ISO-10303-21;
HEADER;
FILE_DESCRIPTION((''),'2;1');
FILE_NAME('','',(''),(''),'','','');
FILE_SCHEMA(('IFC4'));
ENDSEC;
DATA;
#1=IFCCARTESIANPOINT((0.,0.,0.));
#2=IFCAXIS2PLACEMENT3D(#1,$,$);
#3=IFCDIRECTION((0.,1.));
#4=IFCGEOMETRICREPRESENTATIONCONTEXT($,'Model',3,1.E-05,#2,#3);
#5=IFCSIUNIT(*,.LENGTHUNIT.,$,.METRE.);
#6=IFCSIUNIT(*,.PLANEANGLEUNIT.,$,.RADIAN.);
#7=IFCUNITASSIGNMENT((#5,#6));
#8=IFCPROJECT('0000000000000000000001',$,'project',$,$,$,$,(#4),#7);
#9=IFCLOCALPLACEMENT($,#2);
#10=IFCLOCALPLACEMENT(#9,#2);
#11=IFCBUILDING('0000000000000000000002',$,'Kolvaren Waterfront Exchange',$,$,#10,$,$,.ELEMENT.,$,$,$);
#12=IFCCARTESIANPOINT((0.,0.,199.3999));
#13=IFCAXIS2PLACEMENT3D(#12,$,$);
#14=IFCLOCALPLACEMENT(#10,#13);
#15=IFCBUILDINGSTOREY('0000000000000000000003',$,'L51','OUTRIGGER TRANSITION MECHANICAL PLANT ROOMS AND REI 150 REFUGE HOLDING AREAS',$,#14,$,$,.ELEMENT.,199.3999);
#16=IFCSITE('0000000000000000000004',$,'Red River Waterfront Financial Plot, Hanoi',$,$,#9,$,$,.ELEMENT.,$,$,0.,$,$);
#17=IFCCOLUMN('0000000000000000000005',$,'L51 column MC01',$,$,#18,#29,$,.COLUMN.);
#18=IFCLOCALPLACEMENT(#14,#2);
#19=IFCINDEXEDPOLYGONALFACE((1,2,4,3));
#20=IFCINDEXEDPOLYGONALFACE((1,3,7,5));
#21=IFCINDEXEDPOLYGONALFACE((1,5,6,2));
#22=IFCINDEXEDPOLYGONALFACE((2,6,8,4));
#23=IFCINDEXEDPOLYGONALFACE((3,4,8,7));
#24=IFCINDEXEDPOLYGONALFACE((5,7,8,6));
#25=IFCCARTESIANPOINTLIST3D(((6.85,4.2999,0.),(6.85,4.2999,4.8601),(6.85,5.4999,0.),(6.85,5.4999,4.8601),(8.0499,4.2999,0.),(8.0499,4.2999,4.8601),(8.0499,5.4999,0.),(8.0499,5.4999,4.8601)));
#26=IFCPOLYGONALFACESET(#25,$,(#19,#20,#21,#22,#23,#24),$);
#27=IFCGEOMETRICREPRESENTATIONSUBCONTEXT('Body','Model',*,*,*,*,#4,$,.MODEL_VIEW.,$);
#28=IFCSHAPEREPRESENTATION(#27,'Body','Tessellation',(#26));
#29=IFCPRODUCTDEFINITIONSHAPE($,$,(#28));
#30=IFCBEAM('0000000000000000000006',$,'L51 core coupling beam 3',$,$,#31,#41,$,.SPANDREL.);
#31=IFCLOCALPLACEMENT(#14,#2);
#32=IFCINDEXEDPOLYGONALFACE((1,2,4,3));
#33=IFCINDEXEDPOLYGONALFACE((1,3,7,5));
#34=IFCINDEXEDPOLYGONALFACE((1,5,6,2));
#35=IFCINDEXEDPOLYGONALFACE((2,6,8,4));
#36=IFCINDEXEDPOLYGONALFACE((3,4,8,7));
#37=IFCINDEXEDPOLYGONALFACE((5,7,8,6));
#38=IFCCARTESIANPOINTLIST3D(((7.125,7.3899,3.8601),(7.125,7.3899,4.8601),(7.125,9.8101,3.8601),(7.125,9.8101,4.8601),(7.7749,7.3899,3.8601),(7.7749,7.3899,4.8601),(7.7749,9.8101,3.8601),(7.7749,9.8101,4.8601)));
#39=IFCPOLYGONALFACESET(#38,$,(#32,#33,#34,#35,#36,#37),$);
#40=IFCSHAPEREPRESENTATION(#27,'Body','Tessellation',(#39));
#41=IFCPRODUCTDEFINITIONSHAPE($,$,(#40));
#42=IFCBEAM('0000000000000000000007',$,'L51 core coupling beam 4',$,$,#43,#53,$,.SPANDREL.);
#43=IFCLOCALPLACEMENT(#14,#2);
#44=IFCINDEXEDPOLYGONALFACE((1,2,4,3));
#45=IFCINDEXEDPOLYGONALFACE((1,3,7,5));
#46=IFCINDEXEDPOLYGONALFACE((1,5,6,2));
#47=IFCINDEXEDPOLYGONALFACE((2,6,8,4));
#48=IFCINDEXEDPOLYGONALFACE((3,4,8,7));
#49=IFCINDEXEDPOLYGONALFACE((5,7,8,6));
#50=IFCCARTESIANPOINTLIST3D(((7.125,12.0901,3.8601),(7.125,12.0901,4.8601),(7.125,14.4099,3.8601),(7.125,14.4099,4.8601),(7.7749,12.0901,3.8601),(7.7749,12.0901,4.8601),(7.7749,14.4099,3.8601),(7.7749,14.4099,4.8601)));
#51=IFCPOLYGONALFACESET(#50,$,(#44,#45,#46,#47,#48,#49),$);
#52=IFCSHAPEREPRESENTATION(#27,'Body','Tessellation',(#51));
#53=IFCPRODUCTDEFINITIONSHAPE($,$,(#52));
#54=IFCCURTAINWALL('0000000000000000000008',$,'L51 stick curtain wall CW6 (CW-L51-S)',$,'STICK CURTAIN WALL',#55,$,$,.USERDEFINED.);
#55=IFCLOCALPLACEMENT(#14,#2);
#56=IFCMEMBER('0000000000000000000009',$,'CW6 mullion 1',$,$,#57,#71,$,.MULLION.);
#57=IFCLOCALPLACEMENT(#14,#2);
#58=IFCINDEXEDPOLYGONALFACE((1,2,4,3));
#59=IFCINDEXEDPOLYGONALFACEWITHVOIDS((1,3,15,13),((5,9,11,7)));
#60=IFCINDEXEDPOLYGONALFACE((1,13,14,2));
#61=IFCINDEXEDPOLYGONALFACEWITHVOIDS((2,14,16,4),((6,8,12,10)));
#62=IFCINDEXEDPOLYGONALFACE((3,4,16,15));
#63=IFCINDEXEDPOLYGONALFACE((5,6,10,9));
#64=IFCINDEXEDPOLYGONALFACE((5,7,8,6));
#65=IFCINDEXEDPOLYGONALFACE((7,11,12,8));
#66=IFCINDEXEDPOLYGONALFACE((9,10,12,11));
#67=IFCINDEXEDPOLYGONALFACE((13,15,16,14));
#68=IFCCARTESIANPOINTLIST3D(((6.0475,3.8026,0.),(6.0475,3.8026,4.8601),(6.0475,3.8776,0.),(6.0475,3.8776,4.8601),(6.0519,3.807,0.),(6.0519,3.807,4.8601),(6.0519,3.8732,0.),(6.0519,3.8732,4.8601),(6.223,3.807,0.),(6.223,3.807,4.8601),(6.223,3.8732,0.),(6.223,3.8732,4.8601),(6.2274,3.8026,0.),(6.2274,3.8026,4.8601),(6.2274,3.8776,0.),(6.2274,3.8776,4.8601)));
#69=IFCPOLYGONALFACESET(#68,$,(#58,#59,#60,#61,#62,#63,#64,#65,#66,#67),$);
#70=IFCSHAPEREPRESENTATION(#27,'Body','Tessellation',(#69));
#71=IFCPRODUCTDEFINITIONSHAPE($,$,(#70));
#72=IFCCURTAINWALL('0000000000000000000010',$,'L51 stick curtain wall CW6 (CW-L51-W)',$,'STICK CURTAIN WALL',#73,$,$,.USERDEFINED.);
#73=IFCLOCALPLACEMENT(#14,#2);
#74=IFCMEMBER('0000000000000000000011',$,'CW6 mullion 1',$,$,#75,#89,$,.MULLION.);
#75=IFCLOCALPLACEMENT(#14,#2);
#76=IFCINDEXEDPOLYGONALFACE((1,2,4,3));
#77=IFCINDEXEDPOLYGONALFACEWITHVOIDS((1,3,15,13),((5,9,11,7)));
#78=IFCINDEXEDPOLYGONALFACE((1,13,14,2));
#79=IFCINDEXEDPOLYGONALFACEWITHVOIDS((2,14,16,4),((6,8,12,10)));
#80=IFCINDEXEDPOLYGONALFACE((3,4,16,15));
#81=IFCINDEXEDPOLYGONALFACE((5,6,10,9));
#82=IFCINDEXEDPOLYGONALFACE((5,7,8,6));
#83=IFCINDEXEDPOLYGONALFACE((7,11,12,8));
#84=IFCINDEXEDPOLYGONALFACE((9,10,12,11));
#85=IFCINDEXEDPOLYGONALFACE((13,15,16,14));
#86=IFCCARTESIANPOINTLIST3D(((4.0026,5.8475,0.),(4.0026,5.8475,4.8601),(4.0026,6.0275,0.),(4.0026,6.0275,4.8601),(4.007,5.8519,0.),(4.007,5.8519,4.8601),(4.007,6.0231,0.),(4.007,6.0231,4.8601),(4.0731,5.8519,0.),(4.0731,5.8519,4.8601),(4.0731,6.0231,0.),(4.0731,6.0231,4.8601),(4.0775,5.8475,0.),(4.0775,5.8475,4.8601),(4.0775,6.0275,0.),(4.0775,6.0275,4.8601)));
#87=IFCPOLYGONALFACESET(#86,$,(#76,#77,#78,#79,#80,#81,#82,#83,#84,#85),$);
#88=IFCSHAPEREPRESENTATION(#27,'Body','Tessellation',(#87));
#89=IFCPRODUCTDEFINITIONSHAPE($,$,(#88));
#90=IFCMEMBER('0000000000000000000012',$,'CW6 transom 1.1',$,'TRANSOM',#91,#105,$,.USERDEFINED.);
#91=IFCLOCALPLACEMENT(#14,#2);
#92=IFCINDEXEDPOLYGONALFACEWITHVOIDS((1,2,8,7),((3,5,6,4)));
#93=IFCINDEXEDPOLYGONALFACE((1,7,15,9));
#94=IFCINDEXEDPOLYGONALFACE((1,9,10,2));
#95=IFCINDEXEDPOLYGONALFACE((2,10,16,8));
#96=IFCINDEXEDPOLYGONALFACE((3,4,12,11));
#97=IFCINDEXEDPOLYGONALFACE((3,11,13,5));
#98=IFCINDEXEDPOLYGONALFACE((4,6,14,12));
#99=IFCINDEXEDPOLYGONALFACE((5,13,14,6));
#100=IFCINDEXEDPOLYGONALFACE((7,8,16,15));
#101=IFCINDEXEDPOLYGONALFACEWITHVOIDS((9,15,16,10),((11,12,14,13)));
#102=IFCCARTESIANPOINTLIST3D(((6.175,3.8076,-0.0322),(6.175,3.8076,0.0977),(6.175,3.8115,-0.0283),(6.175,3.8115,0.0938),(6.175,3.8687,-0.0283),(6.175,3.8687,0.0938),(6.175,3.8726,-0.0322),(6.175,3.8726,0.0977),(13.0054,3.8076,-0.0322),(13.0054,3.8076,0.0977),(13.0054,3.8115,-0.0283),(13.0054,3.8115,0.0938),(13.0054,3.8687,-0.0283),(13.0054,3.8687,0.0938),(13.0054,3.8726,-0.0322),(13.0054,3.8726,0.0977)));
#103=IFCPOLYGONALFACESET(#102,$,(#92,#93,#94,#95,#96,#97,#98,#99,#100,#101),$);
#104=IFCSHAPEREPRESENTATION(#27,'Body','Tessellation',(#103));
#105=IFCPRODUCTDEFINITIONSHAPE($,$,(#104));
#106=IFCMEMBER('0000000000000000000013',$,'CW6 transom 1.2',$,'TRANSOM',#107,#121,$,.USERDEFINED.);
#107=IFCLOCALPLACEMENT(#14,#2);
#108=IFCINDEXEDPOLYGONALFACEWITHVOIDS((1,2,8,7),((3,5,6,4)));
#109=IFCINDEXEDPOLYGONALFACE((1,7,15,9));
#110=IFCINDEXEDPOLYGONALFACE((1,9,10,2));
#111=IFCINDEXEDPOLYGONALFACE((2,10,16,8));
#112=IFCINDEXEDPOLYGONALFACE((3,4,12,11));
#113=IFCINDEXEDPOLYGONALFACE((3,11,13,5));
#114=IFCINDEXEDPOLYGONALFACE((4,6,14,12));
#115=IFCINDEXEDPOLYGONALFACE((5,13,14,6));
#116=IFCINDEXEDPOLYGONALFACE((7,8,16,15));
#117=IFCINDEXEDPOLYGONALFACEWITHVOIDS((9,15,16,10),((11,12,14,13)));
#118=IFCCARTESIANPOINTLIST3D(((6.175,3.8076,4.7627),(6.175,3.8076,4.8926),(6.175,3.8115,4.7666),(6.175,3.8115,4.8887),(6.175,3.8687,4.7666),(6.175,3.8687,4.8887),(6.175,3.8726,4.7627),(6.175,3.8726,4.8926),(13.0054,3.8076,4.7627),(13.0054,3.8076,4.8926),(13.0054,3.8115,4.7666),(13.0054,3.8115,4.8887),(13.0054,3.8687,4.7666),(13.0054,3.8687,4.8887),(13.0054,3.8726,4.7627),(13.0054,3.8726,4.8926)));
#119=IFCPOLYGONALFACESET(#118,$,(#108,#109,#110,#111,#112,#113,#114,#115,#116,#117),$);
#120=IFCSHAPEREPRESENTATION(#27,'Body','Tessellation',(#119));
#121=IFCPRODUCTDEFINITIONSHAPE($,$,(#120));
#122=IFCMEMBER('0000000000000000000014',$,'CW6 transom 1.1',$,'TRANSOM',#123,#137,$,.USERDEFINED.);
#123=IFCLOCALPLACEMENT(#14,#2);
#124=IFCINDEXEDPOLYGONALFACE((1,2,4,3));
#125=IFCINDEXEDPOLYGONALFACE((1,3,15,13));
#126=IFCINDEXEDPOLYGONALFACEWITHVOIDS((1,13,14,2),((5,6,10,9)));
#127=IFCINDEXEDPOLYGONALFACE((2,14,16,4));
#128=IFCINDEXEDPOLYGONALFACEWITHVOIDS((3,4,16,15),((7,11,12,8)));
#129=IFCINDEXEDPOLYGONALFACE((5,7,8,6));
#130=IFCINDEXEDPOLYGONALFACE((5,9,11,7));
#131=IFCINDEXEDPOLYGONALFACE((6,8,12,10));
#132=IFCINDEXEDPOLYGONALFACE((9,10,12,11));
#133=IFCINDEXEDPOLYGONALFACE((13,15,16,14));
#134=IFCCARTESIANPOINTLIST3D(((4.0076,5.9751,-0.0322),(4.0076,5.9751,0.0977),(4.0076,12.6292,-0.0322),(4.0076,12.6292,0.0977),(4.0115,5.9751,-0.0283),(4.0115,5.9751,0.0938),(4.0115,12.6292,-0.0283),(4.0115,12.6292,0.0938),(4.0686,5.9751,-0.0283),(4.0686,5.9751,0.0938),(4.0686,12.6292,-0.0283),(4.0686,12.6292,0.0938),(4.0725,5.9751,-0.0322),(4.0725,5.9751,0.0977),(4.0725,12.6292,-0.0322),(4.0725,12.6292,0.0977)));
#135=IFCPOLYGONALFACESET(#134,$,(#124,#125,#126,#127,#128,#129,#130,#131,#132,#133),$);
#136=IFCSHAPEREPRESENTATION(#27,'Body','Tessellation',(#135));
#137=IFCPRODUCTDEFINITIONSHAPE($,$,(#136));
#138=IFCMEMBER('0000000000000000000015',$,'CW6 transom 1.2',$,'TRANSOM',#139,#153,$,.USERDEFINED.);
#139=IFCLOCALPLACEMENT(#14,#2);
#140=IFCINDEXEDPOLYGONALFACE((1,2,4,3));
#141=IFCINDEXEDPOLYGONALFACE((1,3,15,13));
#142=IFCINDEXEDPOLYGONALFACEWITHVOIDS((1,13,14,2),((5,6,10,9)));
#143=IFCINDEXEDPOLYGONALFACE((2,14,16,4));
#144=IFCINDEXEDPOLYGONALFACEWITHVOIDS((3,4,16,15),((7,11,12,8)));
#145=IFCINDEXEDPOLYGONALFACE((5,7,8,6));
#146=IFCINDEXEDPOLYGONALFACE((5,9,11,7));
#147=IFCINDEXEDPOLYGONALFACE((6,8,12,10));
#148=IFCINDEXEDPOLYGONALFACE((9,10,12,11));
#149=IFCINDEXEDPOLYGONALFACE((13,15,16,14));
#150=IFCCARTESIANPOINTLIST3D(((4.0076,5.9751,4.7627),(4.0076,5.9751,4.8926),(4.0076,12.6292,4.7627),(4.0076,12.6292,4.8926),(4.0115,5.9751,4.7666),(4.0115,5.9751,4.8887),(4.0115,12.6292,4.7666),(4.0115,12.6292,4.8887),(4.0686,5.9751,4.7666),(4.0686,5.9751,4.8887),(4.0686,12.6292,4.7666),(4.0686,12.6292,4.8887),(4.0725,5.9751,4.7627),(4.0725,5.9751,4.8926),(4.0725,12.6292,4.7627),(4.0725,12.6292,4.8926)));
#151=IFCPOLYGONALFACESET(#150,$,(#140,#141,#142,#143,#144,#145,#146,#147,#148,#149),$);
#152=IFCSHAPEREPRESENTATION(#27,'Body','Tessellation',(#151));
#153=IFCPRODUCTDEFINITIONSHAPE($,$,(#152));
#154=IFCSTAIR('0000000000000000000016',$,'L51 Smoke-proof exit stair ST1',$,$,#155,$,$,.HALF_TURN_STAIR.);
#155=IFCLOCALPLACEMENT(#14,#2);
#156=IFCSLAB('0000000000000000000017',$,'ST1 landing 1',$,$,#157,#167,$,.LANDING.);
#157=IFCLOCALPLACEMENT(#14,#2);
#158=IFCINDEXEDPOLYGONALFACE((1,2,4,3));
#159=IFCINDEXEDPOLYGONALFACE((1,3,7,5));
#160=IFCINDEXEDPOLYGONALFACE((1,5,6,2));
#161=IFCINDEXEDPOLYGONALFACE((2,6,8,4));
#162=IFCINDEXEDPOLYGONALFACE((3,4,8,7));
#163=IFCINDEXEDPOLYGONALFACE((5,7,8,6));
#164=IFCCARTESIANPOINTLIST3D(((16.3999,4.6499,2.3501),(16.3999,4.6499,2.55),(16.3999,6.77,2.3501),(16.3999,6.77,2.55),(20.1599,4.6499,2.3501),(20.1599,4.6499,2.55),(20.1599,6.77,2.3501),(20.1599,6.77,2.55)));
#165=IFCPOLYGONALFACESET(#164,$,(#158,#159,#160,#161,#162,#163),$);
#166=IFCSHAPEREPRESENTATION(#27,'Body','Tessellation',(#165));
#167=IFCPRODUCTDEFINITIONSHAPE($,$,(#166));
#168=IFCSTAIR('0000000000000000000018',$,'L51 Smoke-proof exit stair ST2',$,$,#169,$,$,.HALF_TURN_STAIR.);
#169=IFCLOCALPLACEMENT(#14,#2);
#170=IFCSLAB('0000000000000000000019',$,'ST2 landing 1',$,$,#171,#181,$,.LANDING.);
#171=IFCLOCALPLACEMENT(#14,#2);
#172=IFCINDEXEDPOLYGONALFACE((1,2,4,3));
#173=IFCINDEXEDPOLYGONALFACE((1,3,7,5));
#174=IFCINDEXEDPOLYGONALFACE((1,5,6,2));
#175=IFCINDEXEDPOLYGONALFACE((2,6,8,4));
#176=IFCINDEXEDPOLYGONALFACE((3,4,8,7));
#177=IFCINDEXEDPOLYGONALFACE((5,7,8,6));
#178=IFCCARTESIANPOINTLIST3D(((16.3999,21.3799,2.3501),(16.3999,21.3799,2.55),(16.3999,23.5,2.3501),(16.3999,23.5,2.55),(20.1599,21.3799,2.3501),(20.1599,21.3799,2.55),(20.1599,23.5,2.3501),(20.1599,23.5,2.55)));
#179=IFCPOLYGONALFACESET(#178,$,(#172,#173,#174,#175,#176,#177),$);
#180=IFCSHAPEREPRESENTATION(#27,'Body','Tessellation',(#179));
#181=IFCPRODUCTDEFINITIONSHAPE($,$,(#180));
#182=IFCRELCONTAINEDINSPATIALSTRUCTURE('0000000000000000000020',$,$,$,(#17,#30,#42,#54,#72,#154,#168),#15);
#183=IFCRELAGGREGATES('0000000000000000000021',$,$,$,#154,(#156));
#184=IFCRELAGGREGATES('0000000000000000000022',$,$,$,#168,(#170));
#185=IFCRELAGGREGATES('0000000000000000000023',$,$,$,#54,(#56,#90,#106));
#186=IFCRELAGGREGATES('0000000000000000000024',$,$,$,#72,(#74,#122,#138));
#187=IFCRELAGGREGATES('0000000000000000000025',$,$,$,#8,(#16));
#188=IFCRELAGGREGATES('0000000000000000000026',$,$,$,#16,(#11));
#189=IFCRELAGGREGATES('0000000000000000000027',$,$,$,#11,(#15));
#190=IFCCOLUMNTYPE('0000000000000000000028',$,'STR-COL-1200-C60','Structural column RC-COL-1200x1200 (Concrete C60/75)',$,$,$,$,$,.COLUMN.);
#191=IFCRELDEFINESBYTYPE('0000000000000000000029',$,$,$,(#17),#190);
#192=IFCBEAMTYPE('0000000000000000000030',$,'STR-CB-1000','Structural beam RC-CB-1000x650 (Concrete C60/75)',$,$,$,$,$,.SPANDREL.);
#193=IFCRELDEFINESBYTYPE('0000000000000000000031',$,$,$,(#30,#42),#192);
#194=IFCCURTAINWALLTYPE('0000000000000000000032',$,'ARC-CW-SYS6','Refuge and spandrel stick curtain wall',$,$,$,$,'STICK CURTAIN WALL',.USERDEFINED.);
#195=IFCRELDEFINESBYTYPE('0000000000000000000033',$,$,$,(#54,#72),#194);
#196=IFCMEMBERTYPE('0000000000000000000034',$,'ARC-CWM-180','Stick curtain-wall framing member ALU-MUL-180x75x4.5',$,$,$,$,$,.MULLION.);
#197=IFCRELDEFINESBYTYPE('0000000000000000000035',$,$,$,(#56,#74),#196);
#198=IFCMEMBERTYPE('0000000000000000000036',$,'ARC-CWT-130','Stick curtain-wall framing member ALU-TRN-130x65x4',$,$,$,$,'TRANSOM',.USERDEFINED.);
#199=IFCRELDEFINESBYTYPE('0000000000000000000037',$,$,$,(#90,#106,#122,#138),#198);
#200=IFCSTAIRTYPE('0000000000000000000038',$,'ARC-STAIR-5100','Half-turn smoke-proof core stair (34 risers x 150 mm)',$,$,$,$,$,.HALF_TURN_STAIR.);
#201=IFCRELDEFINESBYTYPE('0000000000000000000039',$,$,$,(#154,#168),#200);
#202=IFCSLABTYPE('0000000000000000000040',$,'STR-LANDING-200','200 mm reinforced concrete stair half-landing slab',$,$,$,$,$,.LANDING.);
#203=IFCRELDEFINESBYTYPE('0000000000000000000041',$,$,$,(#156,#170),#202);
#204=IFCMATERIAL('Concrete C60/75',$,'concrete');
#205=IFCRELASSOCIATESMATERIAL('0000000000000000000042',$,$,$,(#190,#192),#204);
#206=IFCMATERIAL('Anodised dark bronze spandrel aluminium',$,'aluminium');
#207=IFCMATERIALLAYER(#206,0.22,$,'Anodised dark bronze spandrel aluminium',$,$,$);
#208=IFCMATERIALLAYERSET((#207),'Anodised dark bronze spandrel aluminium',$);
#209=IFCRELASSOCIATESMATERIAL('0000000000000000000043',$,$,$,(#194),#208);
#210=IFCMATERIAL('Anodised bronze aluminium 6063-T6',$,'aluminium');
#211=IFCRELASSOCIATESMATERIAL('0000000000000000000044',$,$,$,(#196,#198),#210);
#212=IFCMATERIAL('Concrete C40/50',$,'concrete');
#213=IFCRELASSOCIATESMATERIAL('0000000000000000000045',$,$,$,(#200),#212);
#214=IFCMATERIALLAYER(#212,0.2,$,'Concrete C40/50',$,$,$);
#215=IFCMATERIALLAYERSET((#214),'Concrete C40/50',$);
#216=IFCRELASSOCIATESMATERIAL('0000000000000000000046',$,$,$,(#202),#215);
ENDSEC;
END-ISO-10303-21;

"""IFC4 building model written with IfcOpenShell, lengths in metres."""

from ifc_helpers import new_model, si_unit, direction, frame, origin, origin_with_axes, origin_2d, place, context, subcontext, project, spatial, polyline, rectangle, hollow_rectangle, outline, extrude, source, transform, mapped, material, layer, layer_set, material_profile, profile_set, type_object, element, aggregate, save


model = new_model("IFC4")

# Units and contexts
model_context = context("Model", 3, precision=1e-05, world=origin(), true_north=direction((0.0, 1.0)))
body_context = subcontext(model_context, "Body", "Model", "MODEL_VIEW")
ifc_project = project(units=[si_unit("LENGTHUNIT", "METRE"), si_unit("PLANEANGLEUNIT", "RADIAN")], contexts=[model_context])

# Site, building, storey
site_placement = place(None, origin())
site = spatial("IfcSite", under=ifc_project, at=site_placement, Name="Red River Waterfront Financial Plot, Hanoi", CompositionType="ELEMENT", RefElevation=0.0)
building_placement = place(site_placement, origin())
building = spatial("IfcBuilding", under=site, at=building_placement, Name="Kolvaren Waterfront Exchange", CompositionType="ELEMENT")
storey_placement = place(building_placement, frame((0.0, 0.0, 199.3999)))
storey = spatial("IfcBuildingStorey", under=building, at=storey_placement, Name="L51", Description="OUTRIGGER TRANSITION MECHANICAL PLANT ROOMS AND REI 150 REFUGE HOLDING AREAS", CompositionType="ELEMENT", Elevation=199.3999)

# Column
ifc_material_1 = material(Name="Concrete C60/75", Category="concrete")
ifc_material_profile_1 = material_profile(ifc_material_1, rectangle(XDim=1.2, YDim=1.2, at=origin_2d()), Name="RC-COL-1200x1200")
ifc_profile_set_1 = profile_set([ifc_material_profile_1], Name="Concrete C60/75")
column_type = type_object("IfcColumnType", Name="STR-COL-1200-C60", Description="Structural column RC-COL-1200x1200 (Concrete C60/75)", PredefinedType="COLUMN", material=ifc_profile_set_1)
column_placement = place(storey_placement, frame((7.45, 4.8999, 0.0), z_axis=(0.0, 0.0, 1.0), x_axis=(1.0, 0.0, 0.0)))
element("IfcColumn", 1, at=column_placement, inside=storey, type_object=column_type, Name="L51 column MC01", PredefinedType="COLUMN", context=body_context, shape_type="SweptSolid", body=[
    extrude(rectangle(XDim=1.2, YDim=1.2, at=origin_2d()), origin(), (0.0, 0.0, 1.0), 4.8601),
])

# Beams
ifc_material_profile_2 = material_profile(ifc_material_1, rectangle(XDim=0.6499, YDim=1.0, at=origin_2d()), Name="RC-CB-1000x650")
ifc_profile_set_2 = profile_set([ifc_material_profile_2], Name="Concrete C60/75")
beam_type = type_object("IfcBeamType", Name="STR-CB-1000", Description="Structural beam RC-CB-1000x650 (Concrete C60/75)", PredefinedType="SPANDREL", material=ifc_profile_set_2)
beam_1_placement = place(storey_placement, frame((7.45, 7.3899, 4.3601), z_axis=(0.0, 1.0, 0.0), x_axis=(-1.0, 0.0, 0.0)))
element("IfcBeam", 2, at=beam_1_placement, inside=storey, type_object=beam_type, Name="L51 core coupling beam 3", PredefinedType="SPANDREL", context=body_context, shape_type="SweptSolid", body=[
    extrude(rectangle(XDim=0.6499, YDim=1.0, at=origin_2d()), origin(), (0.0, 0.0, 1.0), 2.4202),
])
beam_2_placement = place(storey_placement, frame((7.45, 12.0901, 4.3601), z_axis=(0.0, 1.0, 0.0), x_axis=(-1.0, 0.0, 0.0)))
element("IfcBeam", 3, at=beam_2_placement, inside=storey, type_object=beam_type, Name="L51 core coupling beam 4", PredefinedType="SPANDREL", context=body_context, shape_type="SweptSolid", body=[
    extrude(rectangle(XDim=0.6499, YDim=1.0, at=origin_2d()), origin(), (0.0, 0.0, 1.0), 2.3198),
])

# Curtain walls, members
ifc_material_2 = material(Name="Anodised dark bronze spandrel aluminium", Category="aluminium")
ifc_layer_1 = layer(ifc_material_2, 0.22, Name="Anodised dark bronze spandrel aluminium")
ifc_layer_set_1 = layer_set([ifc_layer_1], Name="Anodised dark bronze spandrel aluminium")
curtain_wall_type = type_object("IfcCurtainWallType", Name="ARC-CW-SYS6", Description="Refuge and spandrel stick curtain wall", ElementType="STICK CURTAIN WALL", PredefinedType="USERDEFINED", material=ifc_layer_set_1)
curtain_wall_1_placement = place(storey_placement, origin())
curtain_wall_1 = element("IfcCurtainWall", 4, at=curtain_wall_1_placement, inside=storey, type_object=curtain_wall_type, Name="L51 stick curtain wall CW6 (CW-L51-S)", ObjectType="STICK CURTAIN WALL", PredefinedType="USERDEFINED")
ifc_material_3 = material(Name="Anodised bronze aluminium 6063-T6", Category="aluminium")
ifc_material_profile_3 = material_profile(ifc_material_3, hollow_rectangle(XDim=0.075, YDim=0.1799, WallThickness=0.0044, at=origin_2d()), Name="ALU-MUL-180x75x4.5")
ifc_profile_set_3 = profile_set([ifc_material_profile_3], Name="Anodised bronze aluminium 6063-T6")
member_type_1 = type_object("IfcMemberType", Name="ARC-CWM-180", Description="Stick curtain-wall framing member ALU-MUL-180x75x4.5", PredefinedType="MULLION", material=ifc_profile_set_3)
shared_shape_1 = source(origin_with_axes(), body_context, "Body", "SweptSolid", [
    extrude(hollow_rectangle(XDim=0.075, YDim=0.1799, WallThickness=0.0044, at=origin_2d()), origin(), (0.0, 0.0, 1.0), 4.8601),
])
member_1_placement = place(storey_placement, frame((6.1375, 3.8401, 0.0), z_axis=(0.0, 0.0, 1.0), x_axis=(0.0, 1.0, 0.0)))
member_1 = element("IfcMember", 5, at=member_1_placement, type_object=member_type_1, Name="CW6 mullion 1", PredefinedType="MULLION", context=body_context, shape_type="MappedRepresentation", body=[
    mapped(shared_shape_1, transform((0.0, 0.0, 0.0), x_axis=(1.0, 0.0, 0.0), y_axis=(0.0, 1.0, 0.0), z_axis=(0.0, 0.0, 1.0), scale=1.0)),
])
curtain_wall_2_placement = place(storey_placement, origin())
curtain_wall_2 = element("IfcCurtainWall", 6, at=curtain_wall_2_placement, inside=storey, type_object=curtain_wall_type, Name="L51 stick curtain wall CW6 (CW-L51-W)", ObjectType="STICK CURTAIN WALL", PredefinedType="USERDEFINED")
member_2_placement = place(storey_placement, frame((4.04, 5.9375, 0.0), z_axis=(0.0, 0.0, 1.0), x_axis=(-1.0, 0.0, 0.0)))
member_2 = element("IfcMember", 7, at=member_2_placement, type_object=member_type_1, Name="CW6 mullion 1", PredefinedType="MULLION", context=body_context, shape_type="MappedRepresentation", body=[
    mapped(shared_shape_1, transform((0.0, 0.0, 0.0), x_axis=(1.0, 0.0, 0.0), y_axis=(0.0, 1.0, 0.0), z_axis=(0.0, 0.0, 1.0), scale=1.0)),
])

# Members
ifc_material_profile_4 = material_profile(ifc_material_3, hollow_rectangle(XDim=0.0649, YDim=0.1299, WallThickness=0.0039, at=origin_2d()), Name="ALU-TRN-130x65x4")
ifc_profile_set_4 = profile_set([ifc_material_profile_4], Name="Anodised bronze aluminium 6063-T6")
member_type_2 = type_object("IfcMemberType", Name="ARC-CWT-130", Description="Stick curtain-wall framing member ALU-TRN-130x65x4", ElementType="TRANSOM", PredefinedType="USERDEFINED", material=ifc_profile_set_4)
shared_shape_2 = source(origin_with_axes(), body_context, "Body", "SweptSolid", [
    extrude(hollow_rectangle(XDim=0.0649, YDim=0.1299, WallThickness=0.0039, at=origin_2d()), origin(), (0.0, 0.0, 1.0), 6.8303),
])
member_3_placement = place(storey_placement, frame((6.175, 3.8401, 0.0327), z_axis=(1.0, 0.0, 0.0), x_axis=(0.0, 1.0, 0.0)))
member_3 = element("IfcMember", 8, at=member_3_placement, type_object=member_type_2, Name="CW6 transom 1.1", ObjectType="TRANSOM", PredefinedType="USERDEFINED", context=body_context, shape_type="MappedRepresentation", body=[
    mapped(shared_shape_2, transform((0.0, 0.0, 0.0), x_axis=(1.0, 0.0, 0.0), y_axis=(0.0, 1.0, 0.0), z_axis=(0.0, 0.0, 1.0), scale=1.0)),
])
member_4_placement = place(storey_placement, frame((6.175, 3.8401, 4.8276), z_axis=(1.0, 0.0, 0.0), x_axis=(0.0, 1.0, 0.0)))
member_4 = element("IfcMember", 9, at=member_4_placement, type_object=member_type_2, Name="CW6 transom 1.2", ObjectType="TRANSOM", PredefinedType="USERDEFINED", context=body_context, shape_type="MappedRepresentation", body=[
    mapped(shared_shape_2, transform((0.0, 0.0, 0.0), x_axis=(1.0, 0.0, 0.0), y_axis=(0.0, 1.0, 0.0), z_axis=(0.0, 0.0, 1.0), scale=1.0)),
])
shared_shape_3 = source(origin_with_axes(), body_context, "Body", "SweptSolid", [
    extrude(hollow_rectangle(XDim=0.0649, YDim=0.1299, WallThickness=0.0039, at=origin_2d()), origin(), (0.0, 0.0, 1.0), 6.6541),
])
member_5_placement = place(storey_placement, frame((4.04, 5.9751, 0.0327), z_axis=(0.0, 1.0, 0.0), x_axis=(-1.0, 0.0, 0.0)))
member_5 = element("IfcMember", 10, at=member_5_placement, type_object=member_type_2, Name="CW6 transom 1.1", ObjectType="TRANSOM", PredefinedType="USERDEFINED", context=body_context, shape_type="MappedRepresentation", body=[
    mapped(shared_shape_3, transform((0.0, 0.0, 0.0), x_axis=(1.0, 0.0, 0.0), y_axis=(0.0, 1.0, 0.0), z_axis=(0.0, 0.0, 1.0), scale=1.0)),
])
member_6_placement = place(storey_placement, frame((4.04, 5.9751, 4.8276), z_axis=(0.0, 1.0, 0.0), x_axis=(-1.0, 0.0, 0.0)))
member_6 = element("IfcMember", 11, at=member_6_placement, type_object=member_type_2, Name="CW6 transom 1.2", ObjectType="TRANSOM", PredefinedType="USERDEFINED", context=body_context, shape_type="MappedRepresentation", body=[
    mapped(shared_shape_3, transform((0.0, 0.0, 0.0), x_axis=(1.0, 0.0, 0.0), y_axis=(0.0, 1.0, 0.0), z_axis=(0.0, 0.0, 1.0), scale=1.0)),
])

# Stairs, slabs
ifc_material_4 = material(Name="Concrete C40/50", Category="concrete")
stair_type = type_object("IfcStairType", Name="ARC-STAIR-5100", Description="Half-turn smoke-proof core stair (34 risers x 150 mm)", PredefinedType="HALF_TURN_STAIR", material=ifc_material_4)
stair_1_placement = place(storey_placement, origin())
stair_1 = element("IfcStair", 12, at=stair_1_placement, inside=storey, type_object=stair_type, Name="L51 Smoke-proof exit stair ST1", PredefinedType="HALF_TURN_STAIR")
ifc_layer_2 = layer(ifc_material_4, 0.2, Name="Concrete C40/50")
ifc_layer_set_2 = layer_set([ifc_layer_2], Name="Concrete C40/50")
slab_type_1 = type_object("IfcSlabType", Name="STR-LANDING-200", Description="200 mm reinforced concrete stair half-landing slab", PredefinedType="LANDING", material=ifc_layer_set_2)
slab_1_placement = place(storey_placement, frame((0.0, 0.0, 2.3501)))
slab_1 = element("IfcSlab", 13, at=slab_1_placement, type_object=slab_type_1, Name="ST1 landing 1", PredefinedType="LANDING", context=body_context, shape_type="SweptSolid", body=[
    extrude(outline(polyline([(16.3999, 6.77), (16.3999, 4.6499), (20.1599, 4.6499), (20.1599, 6.77), (16.3999, 6.77)])), origin(), (0.0, 0.0, 1.0), 0.2),
])
aggregate(stair_1, [slab_1])
stair_2_placement = place(storey_placement, origin())
stair_2 = element("IfcStair", 14, at=stair_2_placement, inside=storey, type_object=stair_type, Name="L51 Smoke-proof exit stair ST2", PredefinedType="HALF_TURN_STAIR")
slab_2_placement = place(storey_placement, frame((0.0, 0.0, 2.3501)))
slab_2 = element("IfcSlab", 15, at=slab_2_placement, type_object=slab_type_1, Name="ST2 landing 1", PredefinedType="LANDING", context=body_context, shape_type="SweptSolid", body=[
    extrude(outline(polyline([(20.1599, 21.3799), (20.1599, 23.5), (16.3999, 23.5), (16.3999, 21.3799), (20.1599, 21.3799)])), origin(), (0.0, 0.0, 1.0), 0.2),
])
aggregate(stair_2, [slab_2])

aggregate(curtain_wall_1, [member_1, member_3, member_4])
aggregate(curtain_wall_2, [member_2, member_5, member_6])

save(model, "model.ifc")
